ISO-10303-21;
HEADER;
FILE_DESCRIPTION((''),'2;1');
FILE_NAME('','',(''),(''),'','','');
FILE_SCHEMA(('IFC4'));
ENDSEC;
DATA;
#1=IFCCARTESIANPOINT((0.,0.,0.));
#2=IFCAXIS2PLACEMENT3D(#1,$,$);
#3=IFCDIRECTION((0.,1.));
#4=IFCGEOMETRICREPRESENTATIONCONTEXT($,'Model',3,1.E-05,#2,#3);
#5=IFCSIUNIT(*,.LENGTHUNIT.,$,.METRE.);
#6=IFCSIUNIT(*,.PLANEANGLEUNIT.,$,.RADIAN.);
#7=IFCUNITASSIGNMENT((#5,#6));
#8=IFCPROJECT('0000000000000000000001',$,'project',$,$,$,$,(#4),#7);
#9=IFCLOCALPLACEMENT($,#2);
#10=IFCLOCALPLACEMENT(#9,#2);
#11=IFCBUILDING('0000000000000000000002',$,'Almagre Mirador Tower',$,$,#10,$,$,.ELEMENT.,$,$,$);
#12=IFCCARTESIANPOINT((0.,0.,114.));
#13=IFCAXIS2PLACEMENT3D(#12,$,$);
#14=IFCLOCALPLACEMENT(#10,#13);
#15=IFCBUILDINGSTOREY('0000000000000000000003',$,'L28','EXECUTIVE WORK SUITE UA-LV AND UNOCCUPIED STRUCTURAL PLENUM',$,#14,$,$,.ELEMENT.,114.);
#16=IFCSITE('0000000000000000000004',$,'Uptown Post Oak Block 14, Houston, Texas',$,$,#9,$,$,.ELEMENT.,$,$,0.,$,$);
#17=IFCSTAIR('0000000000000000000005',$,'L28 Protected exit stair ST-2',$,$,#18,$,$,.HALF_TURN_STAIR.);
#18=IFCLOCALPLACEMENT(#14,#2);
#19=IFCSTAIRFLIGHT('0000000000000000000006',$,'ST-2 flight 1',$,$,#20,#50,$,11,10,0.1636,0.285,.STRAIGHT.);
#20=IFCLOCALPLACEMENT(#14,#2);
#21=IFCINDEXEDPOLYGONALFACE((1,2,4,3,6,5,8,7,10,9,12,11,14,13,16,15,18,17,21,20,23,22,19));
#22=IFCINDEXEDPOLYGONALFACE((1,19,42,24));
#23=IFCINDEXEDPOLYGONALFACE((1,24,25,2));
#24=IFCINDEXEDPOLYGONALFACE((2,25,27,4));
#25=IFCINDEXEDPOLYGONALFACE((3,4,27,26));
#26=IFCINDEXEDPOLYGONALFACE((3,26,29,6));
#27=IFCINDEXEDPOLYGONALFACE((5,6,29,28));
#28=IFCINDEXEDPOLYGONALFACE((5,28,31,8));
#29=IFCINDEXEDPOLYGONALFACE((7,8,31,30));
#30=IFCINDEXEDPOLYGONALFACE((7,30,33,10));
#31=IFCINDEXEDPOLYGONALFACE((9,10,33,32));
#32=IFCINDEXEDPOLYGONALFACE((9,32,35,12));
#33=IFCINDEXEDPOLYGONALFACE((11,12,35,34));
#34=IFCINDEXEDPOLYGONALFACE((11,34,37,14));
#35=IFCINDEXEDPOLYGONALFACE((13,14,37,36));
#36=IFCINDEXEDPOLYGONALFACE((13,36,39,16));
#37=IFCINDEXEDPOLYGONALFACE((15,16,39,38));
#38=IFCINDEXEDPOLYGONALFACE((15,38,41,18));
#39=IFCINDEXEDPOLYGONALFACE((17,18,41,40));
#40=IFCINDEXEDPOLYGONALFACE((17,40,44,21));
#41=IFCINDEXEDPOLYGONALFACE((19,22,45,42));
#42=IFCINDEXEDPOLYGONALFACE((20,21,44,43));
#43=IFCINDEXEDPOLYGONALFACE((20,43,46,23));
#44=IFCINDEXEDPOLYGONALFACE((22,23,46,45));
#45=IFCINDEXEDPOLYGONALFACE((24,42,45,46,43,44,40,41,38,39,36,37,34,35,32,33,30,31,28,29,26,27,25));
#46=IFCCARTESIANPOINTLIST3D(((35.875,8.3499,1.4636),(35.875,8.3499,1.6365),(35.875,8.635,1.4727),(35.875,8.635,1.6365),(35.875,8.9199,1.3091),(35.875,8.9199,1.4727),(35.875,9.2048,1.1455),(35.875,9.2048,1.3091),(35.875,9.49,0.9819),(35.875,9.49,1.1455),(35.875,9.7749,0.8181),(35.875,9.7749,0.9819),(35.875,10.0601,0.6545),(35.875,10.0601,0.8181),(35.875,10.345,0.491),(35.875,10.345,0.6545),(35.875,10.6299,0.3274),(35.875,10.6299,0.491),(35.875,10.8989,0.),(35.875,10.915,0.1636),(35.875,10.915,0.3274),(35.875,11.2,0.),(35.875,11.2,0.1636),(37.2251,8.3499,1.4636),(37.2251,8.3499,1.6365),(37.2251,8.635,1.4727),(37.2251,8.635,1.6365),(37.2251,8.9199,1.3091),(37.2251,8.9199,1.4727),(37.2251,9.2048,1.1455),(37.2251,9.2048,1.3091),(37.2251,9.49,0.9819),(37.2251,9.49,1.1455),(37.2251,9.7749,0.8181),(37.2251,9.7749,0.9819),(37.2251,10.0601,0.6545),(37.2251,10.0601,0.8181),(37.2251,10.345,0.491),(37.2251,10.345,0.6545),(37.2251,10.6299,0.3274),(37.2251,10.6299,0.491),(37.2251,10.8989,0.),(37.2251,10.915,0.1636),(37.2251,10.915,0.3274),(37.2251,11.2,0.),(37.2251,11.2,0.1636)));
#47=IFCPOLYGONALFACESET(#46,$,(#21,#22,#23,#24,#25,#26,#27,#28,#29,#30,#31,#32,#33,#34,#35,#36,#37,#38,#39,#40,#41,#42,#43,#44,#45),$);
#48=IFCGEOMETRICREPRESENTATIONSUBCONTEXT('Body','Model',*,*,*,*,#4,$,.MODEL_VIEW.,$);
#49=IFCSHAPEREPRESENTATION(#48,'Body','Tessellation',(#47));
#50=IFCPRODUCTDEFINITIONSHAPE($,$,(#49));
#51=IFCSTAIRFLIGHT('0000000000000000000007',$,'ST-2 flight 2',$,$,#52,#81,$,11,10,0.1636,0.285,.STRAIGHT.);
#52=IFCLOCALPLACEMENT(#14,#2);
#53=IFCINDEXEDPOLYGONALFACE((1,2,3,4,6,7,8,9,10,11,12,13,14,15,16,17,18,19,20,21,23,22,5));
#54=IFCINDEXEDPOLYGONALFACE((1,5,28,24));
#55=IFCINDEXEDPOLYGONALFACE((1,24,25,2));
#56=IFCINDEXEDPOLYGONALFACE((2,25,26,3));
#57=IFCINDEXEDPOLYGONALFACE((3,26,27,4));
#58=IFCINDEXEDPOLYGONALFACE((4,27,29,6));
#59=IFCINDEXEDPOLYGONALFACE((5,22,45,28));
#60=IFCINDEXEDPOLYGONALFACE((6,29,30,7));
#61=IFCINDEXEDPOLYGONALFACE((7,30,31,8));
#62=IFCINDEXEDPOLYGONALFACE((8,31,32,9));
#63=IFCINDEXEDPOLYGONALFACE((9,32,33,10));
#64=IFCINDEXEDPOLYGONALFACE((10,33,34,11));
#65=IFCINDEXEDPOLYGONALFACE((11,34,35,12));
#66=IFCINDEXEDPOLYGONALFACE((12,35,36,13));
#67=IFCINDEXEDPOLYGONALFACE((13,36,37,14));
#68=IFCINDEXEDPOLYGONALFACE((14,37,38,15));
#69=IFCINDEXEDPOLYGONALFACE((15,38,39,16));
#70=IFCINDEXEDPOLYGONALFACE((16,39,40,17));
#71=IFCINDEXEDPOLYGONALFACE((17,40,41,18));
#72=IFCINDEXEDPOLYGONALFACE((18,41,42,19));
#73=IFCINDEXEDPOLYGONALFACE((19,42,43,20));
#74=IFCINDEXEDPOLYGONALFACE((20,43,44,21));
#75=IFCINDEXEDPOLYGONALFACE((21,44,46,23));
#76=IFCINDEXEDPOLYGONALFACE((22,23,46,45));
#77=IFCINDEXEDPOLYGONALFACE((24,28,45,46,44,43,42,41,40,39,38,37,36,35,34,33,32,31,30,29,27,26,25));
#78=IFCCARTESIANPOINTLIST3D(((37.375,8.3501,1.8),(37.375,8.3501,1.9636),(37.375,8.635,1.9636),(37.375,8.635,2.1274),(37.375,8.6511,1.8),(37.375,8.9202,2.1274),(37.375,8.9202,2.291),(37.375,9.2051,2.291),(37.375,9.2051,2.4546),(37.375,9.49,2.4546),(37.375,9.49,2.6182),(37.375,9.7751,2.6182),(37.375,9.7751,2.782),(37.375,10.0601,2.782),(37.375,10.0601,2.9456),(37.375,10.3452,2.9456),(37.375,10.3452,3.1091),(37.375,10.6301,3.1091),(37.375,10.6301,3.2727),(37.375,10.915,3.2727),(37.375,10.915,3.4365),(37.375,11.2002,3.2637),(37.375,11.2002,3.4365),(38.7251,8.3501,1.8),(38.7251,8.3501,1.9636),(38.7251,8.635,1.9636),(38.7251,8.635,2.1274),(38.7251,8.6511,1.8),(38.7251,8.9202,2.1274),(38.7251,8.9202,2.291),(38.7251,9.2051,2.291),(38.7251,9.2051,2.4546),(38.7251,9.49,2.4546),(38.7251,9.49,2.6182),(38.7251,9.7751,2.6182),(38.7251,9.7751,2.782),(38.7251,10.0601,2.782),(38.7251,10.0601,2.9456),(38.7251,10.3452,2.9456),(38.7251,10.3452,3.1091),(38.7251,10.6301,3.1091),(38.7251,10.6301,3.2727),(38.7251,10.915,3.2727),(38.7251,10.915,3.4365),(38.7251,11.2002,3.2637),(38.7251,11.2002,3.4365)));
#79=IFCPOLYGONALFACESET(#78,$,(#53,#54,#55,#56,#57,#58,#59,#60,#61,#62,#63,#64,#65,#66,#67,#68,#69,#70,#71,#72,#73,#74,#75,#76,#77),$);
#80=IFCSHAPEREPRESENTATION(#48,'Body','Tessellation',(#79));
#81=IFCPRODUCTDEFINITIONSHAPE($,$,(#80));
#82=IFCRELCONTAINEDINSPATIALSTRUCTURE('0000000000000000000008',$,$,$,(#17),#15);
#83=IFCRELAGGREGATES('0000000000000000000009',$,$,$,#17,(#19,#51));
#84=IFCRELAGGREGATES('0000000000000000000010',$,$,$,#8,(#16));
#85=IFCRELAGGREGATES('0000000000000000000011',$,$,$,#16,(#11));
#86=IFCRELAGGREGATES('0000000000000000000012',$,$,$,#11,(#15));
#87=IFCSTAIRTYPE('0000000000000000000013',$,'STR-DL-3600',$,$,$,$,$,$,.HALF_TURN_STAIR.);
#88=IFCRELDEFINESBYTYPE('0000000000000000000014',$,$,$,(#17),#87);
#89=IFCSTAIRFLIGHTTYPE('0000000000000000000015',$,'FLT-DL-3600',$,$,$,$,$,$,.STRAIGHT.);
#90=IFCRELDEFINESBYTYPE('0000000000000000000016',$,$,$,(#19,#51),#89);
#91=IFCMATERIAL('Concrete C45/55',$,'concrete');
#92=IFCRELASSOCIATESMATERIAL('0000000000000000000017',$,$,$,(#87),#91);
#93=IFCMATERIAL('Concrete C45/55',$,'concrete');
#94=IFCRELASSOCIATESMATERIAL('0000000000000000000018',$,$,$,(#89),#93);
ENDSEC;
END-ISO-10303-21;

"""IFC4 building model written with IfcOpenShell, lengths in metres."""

from ifc_helpers import new_model, si_unit, direction, frame, origin, place, context, subcontext, project, spatial, polyline, outline, extrude, material, type_object, element, aggregate, save


model = new_model("IFC4")

# Units and contexts
model_context = context("Model", 3, precision=1e-05, world=origin(), true_north=direction((0.0, 1.0)))
body_context = subcontext(model_context, "Body", "Model", "MODEL_VIEW")
ifc_project = project(units=[si_unit("LENGTHUNIT", "METRE"), si_unit("PLANEANGLEUNIT", "RADIAN")], contexts=[model_context])

# Site, building, storey
site_placement = place(None, origin())
site = spatial("IfcSite", under=ifc_project, at=site_placement, Name="Uptown Post Oak Block 14, Houston, Texas", CompositionType="ELEMENT", RefElevation=0.0)
building_placement = place(site_placement, origin())
building = spatial("IfcBuilding", under=site, at=building_placement, Name="Almagre Mirador Tower", CompositionType="ELEMENT")
storey_placement = place(building_placement, frame((0.0, 0.0, 114.0)))
storey = spatial("IfcBuildingStorey", under=building, at=storey_placement, Name="L28", Description="EXECUTIVE WORK SUITE UA-LV AND UNOCCUPIED STRUCTURAL PLENUM", CompositionType="ELEMENT", Elevation=114.0)

# Stair, stair flights
ifc_material_1 = material(Name="Concrete C45/55", Category="concrete")
stair_type = type_object("IfcStairType", Name="STR-DL-3600", PredefinedType="HALF_TURN_STAIR", material=ifc_material_1)
stair_placement = place(storey_placement, origin())
stair = element("IfcStair", 1, at=stair_placement, inside=storey, type_object=stair_type, Name="L28 Protected exit stair ST-2", PredefinedType="HALF_TURN_STAIR")
ifc_material_2 = material(Name="Concrete C45/55", Category="concrete")
stair_flight_type = type_object("IfcStairFlightType", Name="FLT-DL-3600", PredefinedType="STRAIGHT", material=ifc_material_2)
stair_flight_1_placement = place(storey_placement, frame((36.55, 11.2, 0.0), z_axis=(0.0, 0.0, 1.0), x_axis=(0.0, -1.0, 0.0)))
stair_flight_1 = element("IfcStairFlight", 2, at=stair_flight_1_placement, type_object=stair_flight_type, Name="ST-2 flight 1", NumberOfRisers=11, NumberOfTreads=10, PredefinedType="STRAIGHT", RiserHeight=0.1636, TreadLength=0.285, context=body_context, shape_type="SweptSolid", body=[
    extrude(outline(polyline([(0.0, 0.0), (0.0, 0.1636), (0.2849, 0.1636), (0.2849, 0.3274), (0.5701, 0.3274), (0.5701, 0.491), (0.855, 0.491), (0.855, 0.6545), (1.1399, 0.6545), (1.1399, 0.8181), (1.425, 0.8181), (1.425, 0.9819), (1.71, 0.9819), (1.71, 1.1455), (1.9951, 1.1455), (1.9951, 1.3091), (2.28, 1.3091), (2.28, 1.4727), (2.5649, 1.4727), (2.5649, 1.6365), (2.8501, 1.6365), (2.8501, 1.8), (2.8501, 1.4636), (0.301, 0.0), (0.0, 0.0)])), frame((0.0, 0.675, 0.0), z_axis=(0.0, -1.0, 0.0), x_axis=(1.0, 0.0, 0.0)), (0.0, 0.0, 1.0), 1.3501),
])
stair_flight_2_placement = place(storey_placement, frame((38.05, 8.3501, 1.8), z_axis=(0.0, 0.0, 1.0), x_axis=(0.0, 1.0, 0.0)))
stair_flight_2 = element("IfcStairFlight", 3, at=stair_flight_2_placement, type_object=stair_flight_type, Name="ST-2 flight 2", NumberOfRisers=11, NumberOfTreads=10, PredefinedType="STRAIGHT", RiserHeight=0.1636, TreadLength=0.285, context=body_context, shape_type="SweptSolid", body=[
    extrude(outline(polyline([(0.0, 0.0), (0.0, 0.1636), (0.2849, 0.1636), (0.2849, 0.3274), (0.5701, 0.3274), (0.5701, 0.491), (0.855, 0.491), (0.855, 0.6545), (1.1399, 0.6545), (1.1399, 0.8181), (1.425, 0.8181), (1.425, 0.9819), (1.71, 0.9819), (1.71, 1.1455), (1.9951, 1.1455), (1.9951, 1.3091), (2.28, 1.3091), (2.28, 1.4727), (2.5649, 1.4727), (2.5649, 1.6365), (2.8501, 1.6365), (2.8501, 1.8), (2.8501, 1.4636), (0.301, 0.0), (0.0, 0.0)])), frame((0.0, 0.675, 0.0), z_axis=(0.0, -1.0, 0.0), x_axis=(1.0, 0.0, 0.0)), (0.0, 0.0, 1.0), 1.3501),
])
aggregate(stair, [stair_flight_1, stair_flight_2])

save(model, "model.ifc")
